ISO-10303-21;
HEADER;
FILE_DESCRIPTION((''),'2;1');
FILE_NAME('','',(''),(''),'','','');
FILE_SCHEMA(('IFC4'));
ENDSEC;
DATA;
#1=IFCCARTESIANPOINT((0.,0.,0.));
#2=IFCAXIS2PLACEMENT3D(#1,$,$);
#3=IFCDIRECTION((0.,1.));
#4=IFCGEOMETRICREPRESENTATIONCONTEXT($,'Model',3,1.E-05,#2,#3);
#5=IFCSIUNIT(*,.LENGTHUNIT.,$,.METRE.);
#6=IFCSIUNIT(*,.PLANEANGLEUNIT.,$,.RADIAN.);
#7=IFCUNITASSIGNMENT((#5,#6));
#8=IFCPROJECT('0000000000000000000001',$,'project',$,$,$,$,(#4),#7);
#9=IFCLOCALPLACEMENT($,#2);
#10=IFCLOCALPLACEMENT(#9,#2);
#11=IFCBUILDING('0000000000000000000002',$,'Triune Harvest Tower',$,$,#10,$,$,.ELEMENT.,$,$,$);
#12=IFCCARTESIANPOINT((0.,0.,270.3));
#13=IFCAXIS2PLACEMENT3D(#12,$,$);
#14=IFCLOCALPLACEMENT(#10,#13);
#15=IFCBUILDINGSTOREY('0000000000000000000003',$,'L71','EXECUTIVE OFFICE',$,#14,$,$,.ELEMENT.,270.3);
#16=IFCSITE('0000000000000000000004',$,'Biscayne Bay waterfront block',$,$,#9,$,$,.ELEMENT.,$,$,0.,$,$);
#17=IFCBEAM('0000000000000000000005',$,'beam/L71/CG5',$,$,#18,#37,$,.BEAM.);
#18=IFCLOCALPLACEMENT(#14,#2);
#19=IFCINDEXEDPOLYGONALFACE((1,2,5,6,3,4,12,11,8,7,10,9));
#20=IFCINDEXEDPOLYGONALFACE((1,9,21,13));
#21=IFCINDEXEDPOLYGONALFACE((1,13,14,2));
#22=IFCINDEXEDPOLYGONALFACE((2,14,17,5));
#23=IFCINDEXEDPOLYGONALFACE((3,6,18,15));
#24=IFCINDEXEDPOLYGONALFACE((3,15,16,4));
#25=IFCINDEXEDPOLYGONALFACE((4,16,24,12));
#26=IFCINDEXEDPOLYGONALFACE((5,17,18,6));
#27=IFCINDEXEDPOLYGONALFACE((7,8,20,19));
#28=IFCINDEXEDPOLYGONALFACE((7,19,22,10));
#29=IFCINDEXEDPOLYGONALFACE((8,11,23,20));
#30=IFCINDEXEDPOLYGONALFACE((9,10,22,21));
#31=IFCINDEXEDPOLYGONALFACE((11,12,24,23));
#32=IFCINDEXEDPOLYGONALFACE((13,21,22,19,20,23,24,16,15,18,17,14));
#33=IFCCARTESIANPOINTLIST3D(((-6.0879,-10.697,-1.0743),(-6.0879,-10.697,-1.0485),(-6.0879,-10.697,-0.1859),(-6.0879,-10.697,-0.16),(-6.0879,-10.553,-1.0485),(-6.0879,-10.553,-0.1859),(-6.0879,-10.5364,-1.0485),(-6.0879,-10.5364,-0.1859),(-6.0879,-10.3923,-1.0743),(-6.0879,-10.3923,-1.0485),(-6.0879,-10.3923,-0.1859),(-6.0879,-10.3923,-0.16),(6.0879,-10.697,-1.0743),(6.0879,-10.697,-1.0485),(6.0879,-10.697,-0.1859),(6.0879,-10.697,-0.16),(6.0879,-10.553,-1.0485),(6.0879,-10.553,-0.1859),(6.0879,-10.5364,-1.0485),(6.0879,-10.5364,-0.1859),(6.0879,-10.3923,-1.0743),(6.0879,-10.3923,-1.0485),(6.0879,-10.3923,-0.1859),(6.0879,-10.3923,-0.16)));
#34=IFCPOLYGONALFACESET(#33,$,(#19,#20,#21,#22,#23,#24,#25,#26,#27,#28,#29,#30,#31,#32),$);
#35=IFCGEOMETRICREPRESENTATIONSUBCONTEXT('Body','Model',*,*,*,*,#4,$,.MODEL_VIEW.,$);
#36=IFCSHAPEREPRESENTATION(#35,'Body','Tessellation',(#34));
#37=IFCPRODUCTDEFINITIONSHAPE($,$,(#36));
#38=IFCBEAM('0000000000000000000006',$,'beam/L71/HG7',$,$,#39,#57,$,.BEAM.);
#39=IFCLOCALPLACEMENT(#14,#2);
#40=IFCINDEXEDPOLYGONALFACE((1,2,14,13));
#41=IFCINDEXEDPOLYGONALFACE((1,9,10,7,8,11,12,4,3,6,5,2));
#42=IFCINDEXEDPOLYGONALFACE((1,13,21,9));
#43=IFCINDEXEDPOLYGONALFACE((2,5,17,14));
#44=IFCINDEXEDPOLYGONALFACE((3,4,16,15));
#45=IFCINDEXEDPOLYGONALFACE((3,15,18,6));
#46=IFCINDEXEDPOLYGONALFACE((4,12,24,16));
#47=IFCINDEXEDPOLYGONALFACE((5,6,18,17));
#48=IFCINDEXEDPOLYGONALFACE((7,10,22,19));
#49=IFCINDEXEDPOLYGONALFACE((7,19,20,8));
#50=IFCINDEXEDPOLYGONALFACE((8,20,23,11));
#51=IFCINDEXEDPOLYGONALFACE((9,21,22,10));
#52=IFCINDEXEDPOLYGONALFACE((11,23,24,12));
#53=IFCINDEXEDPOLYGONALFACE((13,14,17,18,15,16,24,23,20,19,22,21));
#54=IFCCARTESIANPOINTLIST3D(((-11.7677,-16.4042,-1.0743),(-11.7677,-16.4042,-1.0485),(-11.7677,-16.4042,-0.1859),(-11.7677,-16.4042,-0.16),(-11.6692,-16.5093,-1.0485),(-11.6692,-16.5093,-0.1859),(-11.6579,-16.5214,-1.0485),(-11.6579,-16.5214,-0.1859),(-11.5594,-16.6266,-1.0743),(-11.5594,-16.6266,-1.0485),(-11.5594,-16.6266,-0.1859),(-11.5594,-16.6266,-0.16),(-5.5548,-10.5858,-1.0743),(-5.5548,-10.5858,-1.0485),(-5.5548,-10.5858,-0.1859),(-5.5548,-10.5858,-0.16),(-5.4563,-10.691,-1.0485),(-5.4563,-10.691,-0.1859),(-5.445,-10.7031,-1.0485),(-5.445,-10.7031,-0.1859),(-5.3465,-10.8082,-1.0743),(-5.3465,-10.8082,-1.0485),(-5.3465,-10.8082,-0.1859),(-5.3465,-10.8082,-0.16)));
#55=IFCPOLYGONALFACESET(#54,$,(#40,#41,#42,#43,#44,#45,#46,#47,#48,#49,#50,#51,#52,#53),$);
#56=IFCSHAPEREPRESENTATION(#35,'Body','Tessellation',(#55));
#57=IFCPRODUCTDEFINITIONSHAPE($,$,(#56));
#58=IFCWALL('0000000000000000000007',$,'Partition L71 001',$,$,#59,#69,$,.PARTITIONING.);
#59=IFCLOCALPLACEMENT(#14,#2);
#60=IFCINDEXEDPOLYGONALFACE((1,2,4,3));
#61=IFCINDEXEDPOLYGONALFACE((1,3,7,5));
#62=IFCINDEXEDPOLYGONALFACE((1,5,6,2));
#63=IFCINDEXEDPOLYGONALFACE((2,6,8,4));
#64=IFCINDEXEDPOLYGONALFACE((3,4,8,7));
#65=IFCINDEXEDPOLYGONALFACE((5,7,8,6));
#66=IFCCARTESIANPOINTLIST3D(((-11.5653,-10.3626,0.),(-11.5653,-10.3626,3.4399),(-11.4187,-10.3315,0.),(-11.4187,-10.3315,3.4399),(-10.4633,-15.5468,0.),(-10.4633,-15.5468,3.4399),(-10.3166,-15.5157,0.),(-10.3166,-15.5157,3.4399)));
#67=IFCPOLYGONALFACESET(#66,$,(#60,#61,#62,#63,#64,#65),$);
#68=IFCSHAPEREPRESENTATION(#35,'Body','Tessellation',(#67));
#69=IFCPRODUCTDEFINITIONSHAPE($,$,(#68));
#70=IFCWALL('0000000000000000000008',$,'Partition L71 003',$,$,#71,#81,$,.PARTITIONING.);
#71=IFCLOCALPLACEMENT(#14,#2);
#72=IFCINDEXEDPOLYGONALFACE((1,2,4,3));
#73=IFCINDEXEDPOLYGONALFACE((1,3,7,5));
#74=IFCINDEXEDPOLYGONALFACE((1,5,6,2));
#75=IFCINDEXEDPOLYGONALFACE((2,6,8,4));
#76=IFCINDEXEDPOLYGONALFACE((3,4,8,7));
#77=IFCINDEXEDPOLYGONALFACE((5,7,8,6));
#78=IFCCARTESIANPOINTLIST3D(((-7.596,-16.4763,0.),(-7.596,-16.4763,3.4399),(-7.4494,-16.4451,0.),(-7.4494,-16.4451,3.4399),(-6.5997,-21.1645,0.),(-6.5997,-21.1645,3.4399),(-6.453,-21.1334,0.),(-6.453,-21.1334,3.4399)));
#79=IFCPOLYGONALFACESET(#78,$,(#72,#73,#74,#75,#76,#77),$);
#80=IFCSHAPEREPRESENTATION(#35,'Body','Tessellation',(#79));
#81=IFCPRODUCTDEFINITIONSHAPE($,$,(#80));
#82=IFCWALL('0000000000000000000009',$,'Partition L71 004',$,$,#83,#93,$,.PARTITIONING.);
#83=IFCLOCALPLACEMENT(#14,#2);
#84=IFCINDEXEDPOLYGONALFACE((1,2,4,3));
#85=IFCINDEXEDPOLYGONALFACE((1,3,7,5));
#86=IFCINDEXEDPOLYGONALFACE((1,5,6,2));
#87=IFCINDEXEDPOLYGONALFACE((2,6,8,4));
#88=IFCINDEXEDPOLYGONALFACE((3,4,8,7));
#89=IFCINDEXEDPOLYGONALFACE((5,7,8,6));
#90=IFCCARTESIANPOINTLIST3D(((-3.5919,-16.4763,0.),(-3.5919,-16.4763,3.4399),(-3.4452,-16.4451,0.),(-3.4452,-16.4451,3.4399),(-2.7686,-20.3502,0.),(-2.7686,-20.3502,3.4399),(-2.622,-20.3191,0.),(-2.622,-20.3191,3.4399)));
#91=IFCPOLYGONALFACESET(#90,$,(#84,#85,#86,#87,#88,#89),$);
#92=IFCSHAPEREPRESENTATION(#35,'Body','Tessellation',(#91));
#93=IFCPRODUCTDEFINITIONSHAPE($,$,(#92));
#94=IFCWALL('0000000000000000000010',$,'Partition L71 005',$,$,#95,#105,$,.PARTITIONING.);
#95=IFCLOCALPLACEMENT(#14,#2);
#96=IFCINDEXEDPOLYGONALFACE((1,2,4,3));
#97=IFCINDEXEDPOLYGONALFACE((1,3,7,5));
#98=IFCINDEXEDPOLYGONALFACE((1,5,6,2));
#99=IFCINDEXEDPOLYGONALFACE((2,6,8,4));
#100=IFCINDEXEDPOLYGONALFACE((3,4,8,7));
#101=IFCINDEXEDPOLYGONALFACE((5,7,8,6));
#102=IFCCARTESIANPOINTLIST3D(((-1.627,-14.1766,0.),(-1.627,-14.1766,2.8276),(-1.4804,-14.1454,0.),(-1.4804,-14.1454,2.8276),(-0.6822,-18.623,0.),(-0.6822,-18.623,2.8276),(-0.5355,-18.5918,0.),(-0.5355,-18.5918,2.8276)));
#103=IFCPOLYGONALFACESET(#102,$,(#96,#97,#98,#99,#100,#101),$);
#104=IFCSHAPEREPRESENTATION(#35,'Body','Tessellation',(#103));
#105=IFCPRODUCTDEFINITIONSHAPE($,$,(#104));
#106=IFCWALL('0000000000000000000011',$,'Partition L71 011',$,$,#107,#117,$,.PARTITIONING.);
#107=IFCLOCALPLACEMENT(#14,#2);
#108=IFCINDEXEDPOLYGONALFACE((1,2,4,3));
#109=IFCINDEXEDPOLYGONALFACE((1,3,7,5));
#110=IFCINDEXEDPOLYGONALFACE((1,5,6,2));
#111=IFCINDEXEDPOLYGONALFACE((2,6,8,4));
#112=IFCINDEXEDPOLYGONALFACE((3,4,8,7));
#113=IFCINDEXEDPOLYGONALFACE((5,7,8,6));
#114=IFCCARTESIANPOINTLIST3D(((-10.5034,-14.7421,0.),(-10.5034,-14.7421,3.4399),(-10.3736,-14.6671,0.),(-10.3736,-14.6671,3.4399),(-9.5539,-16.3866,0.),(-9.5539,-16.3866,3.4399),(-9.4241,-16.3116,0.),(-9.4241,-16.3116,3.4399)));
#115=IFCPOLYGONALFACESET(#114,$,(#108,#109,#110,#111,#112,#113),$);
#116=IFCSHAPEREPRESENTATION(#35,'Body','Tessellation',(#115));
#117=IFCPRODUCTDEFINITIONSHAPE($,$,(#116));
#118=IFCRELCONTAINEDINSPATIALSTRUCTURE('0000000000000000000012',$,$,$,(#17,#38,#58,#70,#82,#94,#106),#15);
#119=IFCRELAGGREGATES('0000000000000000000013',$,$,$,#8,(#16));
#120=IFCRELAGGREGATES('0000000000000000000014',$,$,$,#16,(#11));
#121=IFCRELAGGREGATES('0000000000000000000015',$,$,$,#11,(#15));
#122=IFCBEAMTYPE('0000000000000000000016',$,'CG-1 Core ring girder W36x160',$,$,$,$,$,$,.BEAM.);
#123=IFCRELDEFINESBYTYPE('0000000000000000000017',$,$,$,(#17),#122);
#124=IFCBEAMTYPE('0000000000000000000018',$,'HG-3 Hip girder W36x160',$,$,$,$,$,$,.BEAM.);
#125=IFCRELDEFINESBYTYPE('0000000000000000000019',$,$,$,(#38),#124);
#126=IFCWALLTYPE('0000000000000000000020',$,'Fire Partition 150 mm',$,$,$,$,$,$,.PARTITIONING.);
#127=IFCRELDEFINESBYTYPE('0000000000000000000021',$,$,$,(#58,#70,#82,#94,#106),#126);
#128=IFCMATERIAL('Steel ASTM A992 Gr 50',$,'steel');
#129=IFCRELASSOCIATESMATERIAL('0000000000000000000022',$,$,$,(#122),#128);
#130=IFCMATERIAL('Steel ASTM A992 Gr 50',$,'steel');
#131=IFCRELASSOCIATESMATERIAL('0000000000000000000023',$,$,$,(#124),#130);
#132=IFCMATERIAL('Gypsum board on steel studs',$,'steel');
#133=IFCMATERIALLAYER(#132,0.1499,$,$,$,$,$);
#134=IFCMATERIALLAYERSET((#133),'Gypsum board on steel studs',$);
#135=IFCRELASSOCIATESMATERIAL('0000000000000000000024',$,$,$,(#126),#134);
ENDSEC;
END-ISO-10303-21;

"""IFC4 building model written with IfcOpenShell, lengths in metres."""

from ifc_helpers import new_model, si_unit, direction, frame, frame_2d, origin, origin_2d, place, context, subcontext, project, spatial, rectangle, i_section, extrude, source, transform, mapped, material, layer, layer_set, material_profile, profile_set, type_object, element, save


model = new_model("IFC4")

# Units and contexts
model_context = context("Model", 3, precision=1e-05, world=origin(), true_north=direction((0.0, 1.0)))
body_context = subcontext(model_context, "Body", "Model", "MODEL_VIEW")
ifc_project = project(units=[si_unit("LENGTHUNIT", "METRE"), si_unit("PLANEANGLEUNIT", "RADIAN")], contexts=[model_context])

# Site, building, storey
site_placement = place(None, origin())
site = spatial("IfcSite", under=ifc_project, at=site_placement, Name="Biscayne Bay waterfront block", CompositionType="ELEMENT", RefElevation=0.0)
building_placement = place(site_placement, origin())
building = spatial("IfcBuilding", under=site, at=building_placement, Name="Triune Harvest Tower", CompositionType="ELEMENT")
storey_placement = place(building_placement, frame((0.0, 0.0, 270.3)))
storey = spatial("IfcBuildingStorey", under=building, at=storey_placement, Name="L71", Description="EXECUTIVE OFFICE", CompositionType="ELEMENT", Elevation=270.3)

# Beams
ifc_material_1 = material(Name="Steel ASTM A992 Gr 50", Category="steel")
ifc_material_profile_1 = material_profile(ifc_material_1, i_section(OverallWidth=0.3047, OverallDepth=0.9143, WebThickness=0.0166, FlangeThickness=0.0259, at=origin_2d()), Name="W36x160")
ifc_profile_set_1 = profile_set([ifc_material_profile_1], Name="Steel ASTM A992 Gr 50")
beam_type_1 = type_object("IfcBeamType", Name="CG-1 Core ring girder W36x160", PredefinedType="BEAM", material=ifc_profile_set_1)
shared_shape_1 = source(origin(), body_context, "Body", "SweptSolid", [
    extrude(i_section(OverallWidth=0.3047, OverallDepth=0.9143, WebThickness=0.0166, FlangeThickness=0.0259, at=origin_2d()), origin(), (0.0, 0.0, 1.0), 12.1758),
])
beam_1_placement = place(storey_placement, frame((-6.0879, -10.5447, -0.6172), z_axis=(1.0, 0.0, 0.0), x_axis=(0.0, 1.0, 0.0)))
element("IfcBeam", 1, at=beam_1_placement, inside=storey, type_object=beam_type_1, Name="beam/L71/CG5", PredefinedType="BEAM", context=body_context, shape_type="MappedRepresentation", body=[
    mapped(shared_shape_1, transform((0.0, 0.0, 0.0), scale=1.0)),
])
ifc_material_2 = material(Name="Steel ASTM A992 Gr 50", Category="steel")
ifc_material_profile_2 = material_profile(ifc_material_2, i_section(OverallWidth=0.3047, OverallDepth=0.9143, WebThickness=0.0166, FlangeThickness=0.0259, at=origin_2d()), Name="W36x160")
ifc_profile_set_2 = profile_set([ifc_material_profile_2], Name="Steel ASTM A992 Gr 50")
beam_type_2 = type_object("IfcBeamType", Name="HG-3 Hip girder W36x160", PredefinedType="BEAM", material=ifc_profile_set_2)
shared_shape_2 = source(origin(), body_context, "Body", "SweptSolid", [
    extrude(i_section(OverallWidth=0.3047, OverallDepth=0.9143, WebThickness=0.0166, FlangeThickness=0.0259, at=origin_2d()), origin(), (0.0, 0.0, 1.0), 8.512),
])
beam_2_placement = place(storey_placement, frame((-11.6636, -16.5154, -0.6172), z_axis=(0.729902, 0.683552, 0.0), x_axis=(-0.683552, 0.729902, 0.0)))
element("IfcBeam", 2, at=beam_2_placement, inside=storey, type_object=beam_type_2, Name="beam/L71/HG7", PredefinedType="BEAM", context=body_context, shape_type="MappedRepresentation", body=[
    mapped(shared_shape_2, transform((0.0, 0.0, 0.0), scale=1.0)),
])

# Walls
ifc_material_3 = material(Name="Gypsum board on steel studs", Category="steel")
ifc_layer_1 = layer(ifc_material_3, 0.1499)
ifc_layer_set_1 = layer_set([ifc_layer_1], Name="Gypsum board on steel studs")
wall_type_1 = type_object("IfcWallType", Name="Fire Partition 150 mm", PredefinedType="PARTITIONING", material=ifc_layer_set_1)
wall_1_placement = place(storey_placement, frame((-11.4919, -10.3472, 0.0), z_axis=(0.0, 0.0, 1.0), x_axis=(0.207928, -0.978144, 0.0)))
element("IfcWall", 3, at=wall_1_placement, inside=storey, type_object=wall_type_1, Name="Partition L71 001", PredefinedType="PARTITIONING", context=body_context, shape_type="SweptSolid", body=[
    extrude(rectangle(XDim=5.3, YDim=0.1499, at=frame_2d((2.6499, 0.0))), origin(), (0.0, 0.0, 1.0), 3.4399),
])
wall_2_placement = place(storey_placement, frame((-7.5227, -16.4607, 0.0), z_axis=(0.0, 0.0, 1.0), x_axis=(0.207876, -0.978155, 0.0)))
element("IfcWall", 4, at=wall_2_placement, inside=storey, type_object=wall_type_1, Name="Partition L71 003", PredefinedType="PARTITIONING", context=body_context, shape_type="SweptSolid", body=[
    extrude(rectangle(XDim=4.793, YDim=0.1499, at=frame_2d((2.3965, 0.0))), origin(), (0.0, 0.0, 1.0), 3.4399),
])
wall_3_placement = place(storey_placement, frame((-3.5186, -16.4607, 0.0), z_axis=(0.0, 0.0, 1.0), x_axis=(0.207862, -0.978158, 0.0)))
element("IfcWall", 5, at=wall_3_placement, inside=storey, type_object=wall_type_1, Name="Partition L71 004", PredefinedType="PARTITIONING", context=body_context, shape_type="SweptSolid", body=[
    extrude(rectangle(XDim=3.9604, YDim=0.1499, at=frame_2d((1.9802, 0.0))), origin(), (0.0, 0.0, 1.0), 3.4399),
])
wall_4_placement = place(storey_placement, frame((-1.5537, -14.1609, 0.0), z_axis=(0.0, 0.0, 1.0), x_axis=(0.207856, -0.978159, 0.0)))
element("IfcWall", 6, at=wall_4_placement, inside=storey, type_object=wall_type_1, Name="Partition L71 005", PredefinedType="PARTITIONING", context=body_context, shape_type="SweptSolid", body=[
    extrude(rectangle(XDim=4.5457, YDim=0.1499, at=frame_2d((2.2729, 0.0))), origin(), (0.0, 0.0, 1.0), 2.8276),
])
wall_5_placement = place(storey_placement, frame((-10.4385, -14.7046, 0.0), z_axis=(0.0, 0.0, 1.0), x_axis=(0.499997, -0.866027, 0.0)))
element("IfcWall", 7, at=wall_5_placement, inside=storey, type_object=wall_type_1, Name="Partition L71 011", PredefinedType="PARTITIONING", context=body_context, shape_type="SweptSolid", body=[
    extrude(rectangle(XDim=1.8989, YDim=0.1499, at=frame_2d((0.9495, 0.0))), origin(), (0.0, 0.0, 1.0), 3.4399),
])

save(model, "model.ifc")
